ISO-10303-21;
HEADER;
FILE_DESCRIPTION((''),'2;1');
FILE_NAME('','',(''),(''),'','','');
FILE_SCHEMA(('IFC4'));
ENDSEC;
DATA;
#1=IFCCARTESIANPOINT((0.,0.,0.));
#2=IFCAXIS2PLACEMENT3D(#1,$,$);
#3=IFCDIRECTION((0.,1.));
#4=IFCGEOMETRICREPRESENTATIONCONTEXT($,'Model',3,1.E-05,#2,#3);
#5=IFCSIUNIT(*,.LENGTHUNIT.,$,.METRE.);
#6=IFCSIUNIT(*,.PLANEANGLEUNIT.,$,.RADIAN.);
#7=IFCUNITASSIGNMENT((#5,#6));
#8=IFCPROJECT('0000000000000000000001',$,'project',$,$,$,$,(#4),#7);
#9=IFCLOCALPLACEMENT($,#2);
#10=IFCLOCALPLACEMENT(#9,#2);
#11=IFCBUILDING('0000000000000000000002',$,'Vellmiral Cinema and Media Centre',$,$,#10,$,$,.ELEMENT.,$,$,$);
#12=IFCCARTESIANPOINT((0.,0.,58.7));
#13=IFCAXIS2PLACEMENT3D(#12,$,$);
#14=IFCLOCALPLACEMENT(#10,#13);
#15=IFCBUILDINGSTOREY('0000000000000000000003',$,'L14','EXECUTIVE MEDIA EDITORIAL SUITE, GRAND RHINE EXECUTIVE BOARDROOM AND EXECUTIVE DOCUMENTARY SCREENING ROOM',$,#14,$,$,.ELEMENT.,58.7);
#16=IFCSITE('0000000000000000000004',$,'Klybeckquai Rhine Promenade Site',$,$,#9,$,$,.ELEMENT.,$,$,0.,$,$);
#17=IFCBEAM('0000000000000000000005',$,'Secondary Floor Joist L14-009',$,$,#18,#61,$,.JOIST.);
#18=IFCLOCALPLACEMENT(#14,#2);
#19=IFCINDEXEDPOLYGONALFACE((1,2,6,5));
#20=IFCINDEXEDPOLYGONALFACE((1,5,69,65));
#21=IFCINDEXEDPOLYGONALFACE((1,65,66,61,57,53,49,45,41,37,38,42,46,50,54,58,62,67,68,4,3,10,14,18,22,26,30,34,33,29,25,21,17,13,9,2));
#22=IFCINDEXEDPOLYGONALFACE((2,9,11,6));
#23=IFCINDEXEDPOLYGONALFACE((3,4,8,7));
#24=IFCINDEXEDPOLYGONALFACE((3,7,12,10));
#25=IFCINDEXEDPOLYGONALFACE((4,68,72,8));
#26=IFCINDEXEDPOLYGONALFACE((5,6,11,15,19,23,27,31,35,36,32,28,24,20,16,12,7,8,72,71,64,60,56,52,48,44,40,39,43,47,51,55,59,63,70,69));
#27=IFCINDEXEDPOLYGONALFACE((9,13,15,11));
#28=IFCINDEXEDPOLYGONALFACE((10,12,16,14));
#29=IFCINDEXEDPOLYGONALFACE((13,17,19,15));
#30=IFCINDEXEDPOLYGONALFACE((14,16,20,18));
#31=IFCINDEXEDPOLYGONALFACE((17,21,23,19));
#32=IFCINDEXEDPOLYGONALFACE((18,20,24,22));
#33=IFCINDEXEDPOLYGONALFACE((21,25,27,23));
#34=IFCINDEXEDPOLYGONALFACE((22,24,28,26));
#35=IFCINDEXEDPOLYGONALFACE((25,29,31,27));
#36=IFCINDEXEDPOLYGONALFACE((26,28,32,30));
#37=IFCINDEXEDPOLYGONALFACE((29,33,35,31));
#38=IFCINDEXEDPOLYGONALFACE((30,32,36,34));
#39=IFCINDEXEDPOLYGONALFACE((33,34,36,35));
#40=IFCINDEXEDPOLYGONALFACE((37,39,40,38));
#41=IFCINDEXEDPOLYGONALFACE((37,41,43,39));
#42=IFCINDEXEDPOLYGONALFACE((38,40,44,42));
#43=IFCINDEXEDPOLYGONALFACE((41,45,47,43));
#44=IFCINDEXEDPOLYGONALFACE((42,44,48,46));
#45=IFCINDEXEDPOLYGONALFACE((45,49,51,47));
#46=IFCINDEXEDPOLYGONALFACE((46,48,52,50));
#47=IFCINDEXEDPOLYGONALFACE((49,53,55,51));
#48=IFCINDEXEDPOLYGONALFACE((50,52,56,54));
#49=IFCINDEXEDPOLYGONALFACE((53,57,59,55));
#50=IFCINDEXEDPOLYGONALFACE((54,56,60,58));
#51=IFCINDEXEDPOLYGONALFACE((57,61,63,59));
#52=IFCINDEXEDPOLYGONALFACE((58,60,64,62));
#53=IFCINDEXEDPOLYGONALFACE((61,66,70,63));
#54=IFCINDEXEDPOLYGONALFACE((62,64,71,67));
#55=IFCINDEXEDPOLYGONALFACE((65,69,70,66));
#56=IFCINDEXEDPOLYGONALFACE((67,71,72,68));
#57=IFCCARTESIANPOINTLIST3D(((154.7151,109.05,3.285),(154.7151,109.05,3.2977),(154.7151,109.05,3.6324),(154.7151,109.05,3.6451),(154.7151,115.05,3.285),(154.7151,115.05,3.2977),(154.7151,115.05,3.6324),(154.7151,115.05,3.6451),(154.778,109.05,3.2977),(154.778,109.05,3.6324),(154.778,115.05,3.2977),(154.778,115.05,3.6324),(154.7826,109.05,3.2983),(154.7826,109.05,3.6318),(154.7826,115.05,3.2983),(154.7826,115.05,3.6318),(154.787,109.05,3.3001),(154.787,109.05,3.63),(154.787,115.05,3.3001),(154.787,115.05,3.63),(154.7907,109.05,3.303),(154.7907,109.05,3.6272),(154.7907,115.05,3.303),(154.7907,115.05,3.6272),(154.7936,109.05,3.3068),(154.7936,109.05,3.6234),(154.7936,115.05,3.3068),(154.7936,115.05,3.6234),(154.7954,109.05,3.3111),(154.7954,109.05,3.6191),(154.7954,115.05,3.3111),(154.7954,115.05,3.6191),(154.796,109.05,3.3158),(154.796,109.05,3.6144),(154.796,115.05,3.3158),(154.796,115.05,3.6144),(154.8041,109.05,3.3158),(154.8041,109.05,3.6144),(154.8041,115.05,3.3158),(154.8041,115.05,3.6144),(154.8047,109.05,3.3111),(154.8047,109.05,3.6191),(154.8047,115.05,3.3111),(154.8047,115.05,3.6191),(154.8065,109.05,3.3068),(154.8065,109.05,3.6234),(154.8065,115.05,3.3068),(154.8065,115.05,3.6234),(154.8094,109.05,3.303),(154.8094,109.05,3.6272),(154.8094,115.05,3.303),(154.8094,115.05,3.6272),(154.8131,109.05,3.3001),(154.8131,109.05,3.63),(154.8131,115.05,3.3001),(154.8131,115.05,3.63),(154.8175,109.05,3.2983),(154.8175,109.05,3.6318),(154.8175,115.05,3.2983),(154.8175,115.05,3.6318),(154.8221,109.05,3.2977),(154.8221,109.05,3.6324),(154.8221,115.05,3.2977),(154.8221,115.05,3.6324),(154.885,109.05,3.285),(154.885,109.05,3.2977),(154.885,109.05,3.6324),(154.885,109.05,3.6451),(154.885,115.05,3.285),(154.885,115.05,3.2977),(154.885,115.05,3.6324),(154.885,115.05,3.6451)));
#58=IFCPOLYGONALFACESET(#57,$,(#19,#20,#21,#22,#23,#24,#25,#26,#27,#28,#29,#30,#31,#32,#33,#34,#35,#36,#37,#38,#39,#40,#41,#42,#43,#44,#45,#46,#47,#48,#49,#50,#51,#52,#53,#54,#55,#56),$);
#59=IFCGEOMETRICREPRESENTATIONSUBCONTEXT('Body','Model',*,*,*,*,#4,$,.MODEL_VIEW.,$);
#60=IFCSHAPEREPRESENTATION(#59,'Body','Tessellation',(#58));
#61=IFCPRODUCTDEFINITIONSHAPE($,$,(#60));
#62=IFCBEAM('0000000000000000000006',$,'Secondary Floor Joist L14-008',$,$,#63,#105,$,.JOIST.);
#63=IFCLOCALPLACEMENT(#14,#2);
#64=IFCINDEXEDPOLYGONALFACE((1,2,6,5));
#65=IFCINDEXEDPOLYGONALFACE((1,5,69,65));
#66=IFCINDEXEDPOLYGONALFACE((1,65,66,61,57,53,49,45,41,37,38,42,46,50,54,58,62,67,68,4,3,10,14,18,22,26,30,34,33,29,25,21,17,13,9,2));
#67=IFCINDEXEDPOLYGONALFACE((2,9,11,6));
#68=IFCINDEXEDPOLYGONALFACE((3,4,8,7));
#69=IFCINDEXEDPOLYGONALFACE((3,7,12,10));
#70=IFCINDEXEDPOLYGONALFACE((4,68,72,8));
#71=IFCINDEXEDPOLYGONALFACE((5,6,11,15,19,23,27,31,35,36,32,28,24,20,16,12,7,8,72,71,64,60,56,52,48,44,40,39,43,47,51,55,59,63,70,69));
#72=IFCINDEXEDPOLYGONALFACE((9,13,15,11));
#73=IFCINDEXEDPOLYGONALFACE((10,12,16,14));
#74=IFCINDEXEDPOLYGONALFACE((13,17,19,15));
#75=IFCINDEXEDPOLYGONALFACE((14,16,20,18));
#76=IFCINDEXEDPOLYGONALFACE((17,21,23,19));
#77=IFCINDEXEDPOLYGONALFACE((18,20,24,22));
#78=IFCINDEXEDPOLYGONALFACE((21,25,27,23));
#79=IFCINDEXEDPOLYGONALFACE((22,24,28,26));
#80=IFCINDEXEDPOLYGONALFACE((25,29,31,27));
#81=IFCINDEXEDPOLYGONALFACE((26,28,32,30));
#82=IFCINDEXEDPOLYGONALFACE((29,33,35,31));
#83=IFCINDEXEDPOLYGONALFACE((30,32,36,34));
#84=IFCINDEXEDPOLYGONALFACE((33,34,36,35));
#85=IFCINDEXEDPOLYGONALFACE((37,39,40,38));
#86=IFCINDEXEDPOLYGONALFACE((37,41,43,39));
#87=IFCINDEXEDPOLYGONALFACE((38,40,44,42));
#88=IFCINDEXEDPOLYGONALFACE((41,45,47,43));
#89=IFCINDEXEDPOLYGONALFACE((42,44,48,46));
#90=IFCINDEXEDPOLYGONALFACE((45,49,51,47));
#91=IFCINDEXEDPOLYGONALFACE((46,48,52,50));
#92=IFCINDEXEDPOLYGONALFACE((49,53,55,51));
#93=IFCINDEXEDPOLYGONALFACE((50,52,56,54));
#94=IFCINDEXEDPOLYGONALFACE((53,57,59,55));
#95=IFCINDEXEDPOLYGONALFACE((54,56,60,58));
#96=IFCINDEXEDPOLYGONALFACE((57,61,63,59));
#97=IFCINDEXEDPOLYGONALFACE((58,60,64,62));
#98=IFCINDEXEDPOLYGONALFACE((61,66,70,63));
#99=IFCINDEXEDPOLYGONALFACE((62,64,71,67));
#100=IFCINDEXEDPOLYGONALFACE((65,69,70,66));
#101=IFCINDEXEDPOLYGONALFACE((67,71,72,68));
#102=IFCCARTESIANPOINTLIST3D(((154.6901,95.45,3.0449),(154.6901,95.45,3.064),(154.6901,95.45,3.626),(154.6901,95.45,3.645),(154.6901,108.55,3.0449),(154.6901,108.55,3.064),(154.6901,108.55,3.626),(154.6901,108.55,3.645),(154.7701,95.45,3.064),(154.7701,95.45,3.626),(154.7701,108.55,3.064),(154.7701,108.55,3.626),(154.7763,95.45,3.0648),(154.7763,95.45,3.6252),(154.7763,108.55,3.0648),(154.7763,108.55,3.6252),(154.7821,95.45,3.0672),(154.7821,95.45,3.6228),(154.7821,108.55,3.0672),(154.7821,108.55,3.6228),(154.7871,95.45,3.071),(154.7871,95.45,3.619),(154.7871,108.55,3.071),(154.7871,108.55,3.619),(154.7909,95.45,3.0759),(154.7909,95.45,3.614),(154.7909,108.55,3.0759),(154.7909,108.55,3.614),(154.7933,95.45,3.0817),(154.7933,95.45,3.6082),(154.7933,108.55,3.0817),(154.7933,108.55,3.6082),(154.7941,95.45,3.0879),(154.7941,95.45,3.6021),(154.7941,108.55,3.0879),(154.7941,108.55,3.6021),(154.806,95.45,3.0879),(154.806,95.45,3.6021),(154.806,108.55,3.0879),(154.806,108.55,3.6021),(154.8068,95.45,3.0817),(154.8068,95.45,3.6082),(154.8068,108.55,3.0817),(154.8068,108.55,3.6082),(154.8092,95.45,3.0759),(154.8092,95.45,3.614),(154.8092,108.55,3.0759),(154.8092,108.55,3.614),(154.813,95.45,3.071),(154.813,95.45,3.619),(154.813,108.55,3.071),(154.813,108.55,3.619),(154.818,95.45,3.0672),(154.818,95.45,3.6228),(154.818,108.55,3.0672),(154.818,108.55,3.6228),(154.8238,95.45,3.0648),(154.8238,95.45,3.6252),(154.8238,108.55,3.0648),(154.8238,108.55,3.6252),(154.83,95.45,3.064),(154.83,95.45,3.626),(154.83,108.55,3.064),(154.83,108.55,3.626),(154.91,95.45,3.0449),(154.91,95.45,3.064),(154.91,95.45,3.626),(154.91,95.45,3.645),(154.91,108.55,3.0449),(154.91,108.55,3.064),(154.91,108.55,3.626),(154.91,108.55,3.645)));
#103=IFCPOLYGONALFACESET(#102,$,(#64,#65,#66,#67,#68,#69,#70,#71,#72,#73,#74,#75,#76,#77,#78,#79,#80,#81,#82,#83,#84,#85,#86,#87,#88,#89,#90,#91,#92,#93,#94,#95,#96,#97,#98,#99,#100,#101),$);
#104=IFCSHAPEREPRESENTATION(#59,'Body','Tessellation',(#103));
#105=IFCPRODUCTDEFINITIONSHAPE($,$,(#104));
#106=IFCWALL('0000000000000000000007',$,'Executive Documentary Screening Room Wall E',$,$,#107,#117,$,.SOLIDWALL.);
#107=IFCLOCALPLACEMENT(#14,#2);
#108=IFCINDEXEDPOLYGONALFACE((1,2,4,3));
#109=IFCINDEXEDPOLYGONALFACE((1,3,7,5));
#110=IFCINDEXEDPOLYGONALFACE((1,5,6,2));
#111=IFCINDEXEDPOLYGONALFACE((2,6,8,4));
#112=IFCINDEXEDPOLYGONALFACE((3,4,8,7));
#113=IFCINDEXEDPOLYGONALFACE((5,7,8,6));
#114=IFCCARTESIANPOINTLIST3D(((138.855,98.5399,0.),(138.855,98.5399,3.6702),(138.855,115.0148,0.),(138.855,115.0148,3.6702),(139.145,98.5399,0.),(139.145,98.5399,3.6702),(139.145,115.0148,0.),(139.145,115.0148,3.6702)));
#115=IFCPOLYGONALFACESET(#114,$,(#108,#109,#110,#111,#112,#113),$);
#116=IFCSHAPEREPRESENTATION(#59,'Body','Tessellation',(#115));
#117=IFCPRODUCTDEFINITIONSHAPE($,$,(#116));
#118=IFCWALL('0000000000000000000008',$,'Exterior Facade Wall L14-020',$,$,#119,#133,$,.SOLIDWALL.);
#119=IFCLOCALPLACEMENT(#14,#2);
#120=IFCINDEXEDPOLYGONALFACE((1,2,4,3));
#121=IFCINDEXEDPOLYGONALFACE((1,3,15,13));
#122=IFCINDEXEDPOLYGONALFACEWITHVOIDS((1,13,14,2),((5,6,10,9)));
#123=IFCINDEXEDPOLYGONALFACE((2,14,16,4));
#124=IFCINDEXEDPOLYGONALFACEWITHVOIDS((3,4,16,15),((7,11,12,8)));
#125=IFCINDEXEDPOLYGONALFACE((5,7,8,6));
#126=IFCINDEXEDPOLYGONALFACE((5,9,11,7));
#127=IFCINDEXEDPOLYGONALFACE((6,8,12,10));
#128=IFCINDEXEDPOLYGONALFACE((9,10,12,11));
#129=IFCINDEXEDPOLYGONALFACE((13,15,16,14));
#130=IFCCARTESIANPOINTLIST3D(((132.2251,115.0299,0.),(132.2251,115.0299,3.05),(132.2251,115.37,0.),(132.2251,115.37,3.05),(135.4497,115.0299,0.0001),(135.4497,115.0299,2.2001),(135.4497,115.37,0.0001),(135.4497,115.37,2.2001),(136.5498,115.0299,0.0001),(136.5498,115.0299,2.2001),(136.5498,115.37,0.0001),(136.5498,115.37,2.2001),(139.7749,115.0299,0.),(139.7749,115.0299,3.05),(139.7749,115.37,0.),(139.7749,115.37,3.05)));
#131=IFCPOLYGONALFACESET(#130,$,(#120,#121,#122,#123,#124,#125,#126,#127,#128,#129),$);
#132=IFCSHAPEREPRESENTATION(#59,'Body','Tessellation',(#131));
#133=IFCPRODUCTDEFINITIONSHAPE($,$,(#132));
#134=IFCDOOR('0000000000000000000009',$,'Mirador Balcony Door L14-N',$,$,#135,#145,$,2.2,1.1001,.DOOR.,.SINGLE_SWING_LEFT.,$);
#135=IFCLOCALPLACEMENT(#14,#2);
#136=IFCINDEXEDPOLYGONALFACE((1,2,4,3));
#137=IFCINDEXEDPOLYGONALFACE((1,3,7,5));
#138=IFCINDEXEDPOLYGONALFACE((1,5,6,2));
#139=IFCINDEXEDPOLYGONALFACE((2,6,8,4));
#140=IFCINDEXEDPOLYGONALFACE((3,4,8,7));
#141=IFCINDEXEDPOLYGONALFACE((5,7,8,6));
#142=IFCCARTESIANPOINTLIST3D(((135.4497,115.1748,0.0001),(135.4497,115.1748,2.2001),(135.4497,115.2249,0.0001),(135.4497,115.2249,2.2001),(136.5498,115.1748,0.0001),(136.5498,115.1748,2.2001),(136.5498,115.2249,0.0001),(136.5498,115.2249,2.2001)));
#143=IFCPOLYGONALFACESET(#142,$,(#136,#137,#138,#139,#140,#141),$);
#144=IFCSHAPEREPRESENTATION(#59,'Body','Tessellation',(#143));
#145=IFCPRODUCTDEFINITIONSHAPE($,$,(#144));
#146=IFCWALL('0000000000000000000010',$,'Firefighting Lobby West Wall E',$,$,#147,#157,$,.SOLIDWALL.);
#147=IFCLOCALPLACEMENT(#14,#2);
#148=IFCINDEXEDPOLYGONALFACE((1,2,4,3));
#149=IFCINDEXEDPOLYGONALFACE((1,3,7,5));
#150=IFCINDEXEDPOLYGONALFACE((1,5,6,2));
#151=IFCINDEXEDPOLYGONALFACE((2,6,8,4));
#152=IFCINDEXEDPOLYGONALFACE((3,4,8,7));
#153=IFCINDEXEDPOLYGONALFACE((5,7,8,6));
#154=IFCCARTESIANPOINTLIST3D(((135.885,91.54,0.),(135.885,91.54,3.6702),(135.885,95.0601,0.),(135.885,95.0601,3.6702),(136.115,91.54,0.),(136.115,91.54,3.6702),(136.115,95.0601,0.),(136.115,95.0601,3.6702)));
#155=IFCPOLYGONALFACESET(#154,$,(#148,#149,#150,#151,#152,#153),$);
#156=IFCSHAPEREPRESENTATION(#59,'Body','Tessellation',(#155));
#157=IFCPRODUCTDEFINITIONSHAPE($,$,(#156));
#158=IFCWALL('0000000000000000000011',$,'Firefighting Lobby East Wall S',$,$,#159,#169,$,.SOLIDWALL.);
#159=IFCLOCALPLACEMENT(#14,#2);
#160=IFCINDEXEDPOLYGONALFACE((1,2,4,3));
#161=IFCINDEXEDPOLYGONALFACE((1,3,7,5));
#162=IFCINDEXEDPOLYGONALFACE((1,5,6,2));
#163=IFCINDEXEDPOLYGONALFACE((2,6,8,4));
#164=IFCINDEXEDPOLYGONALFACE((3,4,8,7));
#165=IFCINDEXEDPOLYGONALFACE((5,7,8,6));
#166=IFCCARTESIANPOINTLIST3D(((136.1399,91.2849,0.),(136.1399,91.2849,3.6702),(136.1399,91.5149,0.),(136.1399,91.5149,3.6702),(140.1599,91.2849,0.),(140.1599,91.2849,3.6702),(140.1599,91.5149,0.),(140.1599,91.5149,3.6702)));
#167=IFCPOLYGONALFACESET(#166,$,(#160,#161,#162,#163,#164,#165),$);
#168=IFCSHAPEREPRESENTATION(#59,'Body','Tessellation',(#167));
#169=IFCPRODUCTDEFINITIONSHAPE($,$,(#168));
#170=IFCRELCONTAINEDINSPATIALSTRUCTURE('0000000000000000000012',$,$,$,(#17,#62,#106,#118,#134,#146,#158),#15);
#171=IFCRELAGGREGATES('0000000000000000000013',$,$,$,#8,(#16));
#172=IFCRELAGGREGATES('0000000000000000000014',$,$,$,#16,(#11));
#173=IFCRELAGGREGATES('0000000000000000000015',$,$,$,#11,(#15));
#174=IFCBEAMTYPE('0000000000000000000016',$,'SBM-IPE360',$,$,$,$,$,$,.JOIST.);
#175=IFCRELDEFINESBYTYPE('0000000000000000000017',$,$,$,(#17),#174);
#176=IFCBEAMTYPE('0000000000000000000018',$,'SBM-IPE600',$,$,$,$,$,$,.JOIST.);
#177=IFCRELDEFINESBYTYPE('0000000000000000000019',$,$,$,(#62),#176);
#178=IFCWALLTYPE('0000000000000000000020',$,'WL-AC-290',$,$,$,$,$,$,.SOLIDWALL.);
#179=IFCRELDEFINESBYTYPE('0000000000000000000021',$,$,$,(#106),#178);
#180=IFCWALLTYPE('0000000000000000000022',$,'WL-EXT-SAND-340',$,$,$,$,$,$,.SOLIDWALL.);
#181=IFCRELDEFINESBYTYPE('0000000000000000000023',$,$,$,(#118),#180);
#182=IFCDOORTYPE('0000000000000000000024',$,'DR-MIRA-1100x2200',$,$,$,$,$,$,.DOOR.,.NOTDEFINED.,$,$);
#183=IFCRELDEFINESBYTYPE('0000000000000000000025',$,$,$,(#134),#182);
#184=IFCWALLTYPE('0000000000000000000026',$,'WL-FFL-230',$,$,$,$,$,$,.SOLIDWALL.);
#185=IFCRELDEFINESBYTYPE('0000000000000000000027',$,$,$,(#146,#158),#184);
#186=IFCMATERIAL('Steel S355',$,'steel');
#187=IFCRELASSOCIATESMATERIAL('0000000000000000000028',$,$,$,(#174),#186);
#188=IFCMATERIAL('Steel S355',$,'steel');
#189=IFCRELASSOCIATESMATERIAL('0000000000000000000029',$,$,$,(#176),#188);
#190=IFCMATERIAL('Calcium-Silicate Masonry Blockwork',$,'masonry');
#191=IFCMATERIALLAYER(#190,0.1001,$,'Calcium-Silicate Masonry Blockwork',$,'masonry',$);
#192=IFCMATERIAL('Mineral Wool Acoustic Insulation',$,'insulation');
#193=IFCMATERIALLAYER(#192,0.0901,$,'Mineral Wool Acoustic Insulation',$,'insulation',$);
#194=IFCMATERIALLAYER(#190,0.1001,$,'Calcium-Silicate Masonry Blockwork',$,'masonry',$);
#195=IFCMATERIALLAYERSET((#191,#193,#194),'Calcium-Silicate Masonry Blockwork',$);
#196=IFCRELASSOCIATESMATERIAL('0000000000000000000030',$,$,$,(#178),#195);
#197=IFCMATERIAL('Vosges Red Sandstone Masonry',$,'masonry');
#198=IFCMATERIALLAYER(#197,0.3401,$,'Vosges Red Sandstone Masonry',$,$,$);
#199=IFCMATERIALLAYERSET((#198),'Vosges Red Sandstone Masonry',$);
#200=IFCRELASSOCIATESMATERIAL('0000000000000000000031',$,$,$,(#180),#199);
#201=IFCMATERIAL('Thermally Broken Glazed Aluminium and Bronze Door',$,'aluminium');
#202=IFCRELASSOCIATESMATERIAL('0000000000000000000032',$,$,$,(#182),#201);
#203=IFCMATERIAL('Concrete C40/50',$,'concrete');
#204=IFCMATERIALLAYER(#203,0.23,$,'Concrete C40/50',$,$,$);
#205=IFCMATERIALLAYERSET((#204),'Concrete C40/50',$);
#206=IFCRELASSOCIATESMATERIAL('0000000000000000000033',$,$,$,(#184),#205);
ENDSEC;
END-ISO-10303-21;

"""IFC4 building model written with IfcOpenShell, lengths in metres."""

from ifc_helpers import new_model, si_unit, direction, frame, frame_2d, origin, origin_2d, place, context, subcontext, project, spatial, rectangle, i_section, extrude, material, layer, layer_set, material_profile, profile_set, type_object, element, fill, save


model = new_model("IFC4")

# Units and contexts
model_context = context("Model", 3, precision=1e-05, world=origin(), true_north=direction((0.0, 1.0)))
body_context = subcontext(model_context, "Body", "Model", "MODEL_VIEW")
ifc_project = project(units=[si_unit("LENGTHUNIT", "METRE"), si_unit("PLANEANGLEUNIT", "RADIAN")], contexts=[model_context])

# Site, building, storey
site_placement = place(None, origin())
site = spatial("IfcSite", under=ifc_project, at=site_placement, Name="Klybeckquai Rhine Promenade Site", CompositionType="ELEMENT", RefElevation=0.0)
building_placement = place(site_placement, origin())
building = spatial("IfcBuilding", under=site, at=building_placement, Name="Vellmiral Cinema and Media Centre", CompositionType="ELEMENT")
storey_placement = place(building_placement, frame((0.0, 0.0, 58.7)))
storey = spatial("IfcBuildingStorey", under=building, at=storey_placement, Name="L14", Description="EXECUTIVE MEDIA EDITORIAL SUITE, GRAND RHINE EXECUTIVE BOARDROOM AND EXECUTIVE DOCUMENTARY SCREENING ROOM", CompositionType="ELEMENT", Elevation=58.7)

# Beams
ifc_material_1 = material(Name="Steel S355", Category="steel")
ifc_material_profile_1 = material_profile(ifc_material_1, i_section(OverallWidth=0.1699, OverallDepth=0.3601, WebThickness=0.0081, FlangeThickness=0.0127, FilletRadius=0.0181, at=origin_2d()), Name="IPE 360")
ifc_profile_set_1 = profile_set([ifc_material_profile_1], Name="Steel S355")
beam_type_1 = type_object("IfcBeamType", Name="SBM-IPE360", PredefinedType="JOIST", material=ifc_profile_set_1)
beam_1_placement = place(storey_placement, frame((154.8, 109.05, 3.4651), z_axis=(0.0, 1.0, 0.0), x_axis=(-1.0, 0.0, 0.0)))
element("IfcBeam", 1, at=beam_1_placement, inside=storey, type_object=beam_type_1, Name="Secondary Floor Joist L14-009", PredefinedType="JOIST", context=body_context, shape_type="SweptSolid", body=[
    extrude(i_section(OverallWidth=0.1699, OverallDepth=0.3601, WebThickness=0.0081, FlangeThickness=0.0127, FilletRadius=0.0181, at=origin_2d()), origin(), (0.0, 0.0, 1.0), 6.0),
])
ifc_material_2 = material(Name="Steel S355", Category="steel")
ifc_material_profile_2 = material_profile(ifc_material_2, i_section(OverallWidth=0.22, OverallDepth=0.6001, WebThickness=0.012, FlangeThickness=0.019, FilletRadius=0.0239, at=origin_2d()), Name="IPE 600")
ifc_profile_set_2 = profile_set([ifc_material_profile_2], Name="Steel S355")
beam_type_2 = type_object("IfcBeamType", Name="SBM-IPE600", PredefinedType="JOIST", material=ifc_profile_set_2)
beam_2_placement = place(storey_placement, frame((154.8, 95.45, 3.345), z_axis=(0.0, 1.0, 0.0), x_axis=(-1.0, 0.0, 0.0)))
element("IfcBeam", 2, at=beam_2_placement, inside=storey, type_object=beam_type_2, Name="Secondary Floor Joist L14-008", PredefinedType="JOIST", context=body_context, shape_type="SweptSolid", body=[
    extrude(i_section(OverallWidth=0.22, OverallDepth=0.6001, WebThickness=0.012, FlangeThickness=0.019, FilletRadius=0.0239, at=origin_2d()), origin(), (0.0, 0.0, 1.0), 13.1001),
])

# Wall
ifc_material_3 = material(Name="Calcium-Silicate Masonry Blockwork", Category="masonry")
ifc_layer_1 = layer(ifc_material_3, 0.1001, Name="Calcium-Silicate Masonry Blockwork", Category="masonry")
ifc_material_4 = material(Name="Mineral Wool Acoustic Insulation", Category="insulation")
ifc_layer_2 = layer(ifc_material_4, 0.0901, Name="Mineral Wool Acoustic Insulation", Category="insulation")
ifc_layer_3 = layer(ifc_material_3, 0.1001, Name="Calcium-Silicate Masonry Blockwork", Category="masonry")
ifc_layer_set_1 = layer_set([ifc_layer_1, ifc_layer_2, ifc_layer_3], Name="Calcium-Silicate Masonry Blockwork")
wall_type_1 = type_object("IfcWallType", Name="WL-AC-290", PredefinedType="SOLIDWALL", material=ifc_layer_set_1)
wall_1_placement = place(storey_placement, frame((139.0, 98.54, 0.0), z_axis=(0.0, 0.0, 1.0), x_axis=(0.0, 1.0, 0.0)))
element("IfcWall", 3, at=wall_1_placement, inside=storey, type_object=wall_type_1, Name="Executive Documentary Screening Room Wall E", PredefinedType="SOLIDWALL", context=body_context, shape_type="SweptSolid", body=[
    extrude(rectangle(XDim=16.4749, YDim=0.29, at=frame_2d((8.2373, 0.0))), origin(), (0.0, 0.0, 1.0), 3.6702),
])

# Wall, opening, door
ifc_material_5 = material(Name="Vosges Red Sandstone Masonry", Category="masonry")
ifc_layer_4 = layer(ifc_material_5, 0.3401, Name="Vosges Red Sandstone Masonry")
ifc_layer_set_2 = layer_set([ifc_layer_4], Name="Vosges Red Sandstone Masonry")
wall_type_2 = type_object("IfcWallType", Name="WL-EXT-SAND-340", PredefinedType="SOLIDWALL", material=ifc_layer_set_2)
wall_2_placement = place(storey_placement, frame((139.7749, 115.2, 0.0), z_axis=(0.0, 0.0, 1.0), x_axis=(-1.0, 0.0, 0.0)))
wall_2 = element("IfcWall", 4, at=wall_2_placement, inside=storey, type_object=wall_type_2, Name="Exterior Facade Wall L14-020", PredefinedType="SOLIDWALL", context=body_context, shape_type="SweptSolid", body=[
    extrude(rectangle(XDim=7.5498, YDim=0.3401, at=frame_2d((3.7749, 0.0))), origin(), (0.0, 0.0, 1.0), 3.05),
])
opening_1_placement = place(wall_2_placement, frame((3.2251, 0.0, 0.0)))
opening_1 = element("IfcOpeningElement", 5, at=opening_1_placement, cuts=wall_2, PredefinedType="OPENING", context=body_context, shape_type="SweptSolid", body=[
    extrude(rectangle(XDim=1.1001, YDim=2.2, at=frame_2d((0.55, 1.1001))), frame((0.0, 0.1821, 0.0), z_axis=(0.0, -1.0, 0.0), x_axis=(1.0, 0.0, 0.0)), (0.0, 0.0, 1.0), 0.364),
])
ifc_material_6 = material(Name="Thermally Broken Glazed Aluminium and Bronze Door", Category="aluminium")
door_type_1 = type_object("IfcDoorType", Name="DR-MIRA-1100x2200", OperationType="NOTDEFINED", PredefinedType="DOOR", material=ifc_material_6)
door_1_placement = place(opening_1_placement, frame((1.1001, 0.0, 0.0), z_axis=(0.0, 0.0, 1.0), x_axis=(-1.0, 0.0, 0.0)))
door_1 = element("IfcDoor", 6, at=door_1_placement, inside=storey, type_object=door_type_1, Name="Mirador Balcony Door L14-N", OperationType="SINGLE_SWING_LEFT", OverallHeight=2.2, OverallWidth=1.1001, PredefinedType="DOOR", context=body_context, shape_type="SweptSolid", body=[
    extrude(rectangle(XDim=1.1001, YDim=2.2, at=frame_2d((0.55, 1.1001))), frame((0.0, 0.0249, 0.0), z_axis=(0.0, -1.0, 0.0), x_axis=(1.0, 0.0, 0.0)), (0.0, 0.0, 1.0), 0.05),
])
fill(opening_1, door_1)

# Walls
ifc_material_7 = material(Name="Concrete C40/50", Category="concrete")
ifc_layer_5 = layer(ifc_material_7, 0.23, Name="Concrete C40/50")
ifc_layer_set_3 = layer_set([ifc_layer_5], Name="Concrete C40/50")
wall_type_3 = type_object("IfcWallType", Name="WL-FFL-230", PredefinedType="SOLIDWALL", material=ifc_layer_set_3)
wall_3_placement = place(storey_placement, frame((136.0, 91.54, 0.0), z_axis=(0.0, 0.0, 1.0), x_axis=(0.0, 1.0, 0.0)))
element("IfcWall", 7, at=wall_3_placement, inside=storey, type_object=wall_type_3, Name="Firefighting Lobby West Wall E", PredefinedType="SOLIDWALL", context=body_context, shape_type="SweptSolid", body=[
    extrude(rectangle(XDim=3.52, YDim=0.23, at=frame_2d((1.76, 0.0))), origin(), (0.0, 0.0, 1.0), 3.6702),
])
wall_4_placement = place(storey_placement, frame((136.1399, 91.3999, 0.0), z_axis=(0.0, 0.0, 1.0), x_axis=(1.0, 0.0, 0.0)))
element("IfcWall", 8, at=wall_4_placement, inside=storey, type_object=wall_type_3, Name="Firefighting Lobby East Wall S", PredefinedType="SOLIDWALL", context=body_context, shape_type="SweptSolid", body=[
    extrude(rectangle(XDim=4.02, YDim=0.23, at=frame_2d((2.01, 0.0))), origin(), (0.0, 0.0, 1.0), 3.6702),
])

save(model, "model.ifc")
